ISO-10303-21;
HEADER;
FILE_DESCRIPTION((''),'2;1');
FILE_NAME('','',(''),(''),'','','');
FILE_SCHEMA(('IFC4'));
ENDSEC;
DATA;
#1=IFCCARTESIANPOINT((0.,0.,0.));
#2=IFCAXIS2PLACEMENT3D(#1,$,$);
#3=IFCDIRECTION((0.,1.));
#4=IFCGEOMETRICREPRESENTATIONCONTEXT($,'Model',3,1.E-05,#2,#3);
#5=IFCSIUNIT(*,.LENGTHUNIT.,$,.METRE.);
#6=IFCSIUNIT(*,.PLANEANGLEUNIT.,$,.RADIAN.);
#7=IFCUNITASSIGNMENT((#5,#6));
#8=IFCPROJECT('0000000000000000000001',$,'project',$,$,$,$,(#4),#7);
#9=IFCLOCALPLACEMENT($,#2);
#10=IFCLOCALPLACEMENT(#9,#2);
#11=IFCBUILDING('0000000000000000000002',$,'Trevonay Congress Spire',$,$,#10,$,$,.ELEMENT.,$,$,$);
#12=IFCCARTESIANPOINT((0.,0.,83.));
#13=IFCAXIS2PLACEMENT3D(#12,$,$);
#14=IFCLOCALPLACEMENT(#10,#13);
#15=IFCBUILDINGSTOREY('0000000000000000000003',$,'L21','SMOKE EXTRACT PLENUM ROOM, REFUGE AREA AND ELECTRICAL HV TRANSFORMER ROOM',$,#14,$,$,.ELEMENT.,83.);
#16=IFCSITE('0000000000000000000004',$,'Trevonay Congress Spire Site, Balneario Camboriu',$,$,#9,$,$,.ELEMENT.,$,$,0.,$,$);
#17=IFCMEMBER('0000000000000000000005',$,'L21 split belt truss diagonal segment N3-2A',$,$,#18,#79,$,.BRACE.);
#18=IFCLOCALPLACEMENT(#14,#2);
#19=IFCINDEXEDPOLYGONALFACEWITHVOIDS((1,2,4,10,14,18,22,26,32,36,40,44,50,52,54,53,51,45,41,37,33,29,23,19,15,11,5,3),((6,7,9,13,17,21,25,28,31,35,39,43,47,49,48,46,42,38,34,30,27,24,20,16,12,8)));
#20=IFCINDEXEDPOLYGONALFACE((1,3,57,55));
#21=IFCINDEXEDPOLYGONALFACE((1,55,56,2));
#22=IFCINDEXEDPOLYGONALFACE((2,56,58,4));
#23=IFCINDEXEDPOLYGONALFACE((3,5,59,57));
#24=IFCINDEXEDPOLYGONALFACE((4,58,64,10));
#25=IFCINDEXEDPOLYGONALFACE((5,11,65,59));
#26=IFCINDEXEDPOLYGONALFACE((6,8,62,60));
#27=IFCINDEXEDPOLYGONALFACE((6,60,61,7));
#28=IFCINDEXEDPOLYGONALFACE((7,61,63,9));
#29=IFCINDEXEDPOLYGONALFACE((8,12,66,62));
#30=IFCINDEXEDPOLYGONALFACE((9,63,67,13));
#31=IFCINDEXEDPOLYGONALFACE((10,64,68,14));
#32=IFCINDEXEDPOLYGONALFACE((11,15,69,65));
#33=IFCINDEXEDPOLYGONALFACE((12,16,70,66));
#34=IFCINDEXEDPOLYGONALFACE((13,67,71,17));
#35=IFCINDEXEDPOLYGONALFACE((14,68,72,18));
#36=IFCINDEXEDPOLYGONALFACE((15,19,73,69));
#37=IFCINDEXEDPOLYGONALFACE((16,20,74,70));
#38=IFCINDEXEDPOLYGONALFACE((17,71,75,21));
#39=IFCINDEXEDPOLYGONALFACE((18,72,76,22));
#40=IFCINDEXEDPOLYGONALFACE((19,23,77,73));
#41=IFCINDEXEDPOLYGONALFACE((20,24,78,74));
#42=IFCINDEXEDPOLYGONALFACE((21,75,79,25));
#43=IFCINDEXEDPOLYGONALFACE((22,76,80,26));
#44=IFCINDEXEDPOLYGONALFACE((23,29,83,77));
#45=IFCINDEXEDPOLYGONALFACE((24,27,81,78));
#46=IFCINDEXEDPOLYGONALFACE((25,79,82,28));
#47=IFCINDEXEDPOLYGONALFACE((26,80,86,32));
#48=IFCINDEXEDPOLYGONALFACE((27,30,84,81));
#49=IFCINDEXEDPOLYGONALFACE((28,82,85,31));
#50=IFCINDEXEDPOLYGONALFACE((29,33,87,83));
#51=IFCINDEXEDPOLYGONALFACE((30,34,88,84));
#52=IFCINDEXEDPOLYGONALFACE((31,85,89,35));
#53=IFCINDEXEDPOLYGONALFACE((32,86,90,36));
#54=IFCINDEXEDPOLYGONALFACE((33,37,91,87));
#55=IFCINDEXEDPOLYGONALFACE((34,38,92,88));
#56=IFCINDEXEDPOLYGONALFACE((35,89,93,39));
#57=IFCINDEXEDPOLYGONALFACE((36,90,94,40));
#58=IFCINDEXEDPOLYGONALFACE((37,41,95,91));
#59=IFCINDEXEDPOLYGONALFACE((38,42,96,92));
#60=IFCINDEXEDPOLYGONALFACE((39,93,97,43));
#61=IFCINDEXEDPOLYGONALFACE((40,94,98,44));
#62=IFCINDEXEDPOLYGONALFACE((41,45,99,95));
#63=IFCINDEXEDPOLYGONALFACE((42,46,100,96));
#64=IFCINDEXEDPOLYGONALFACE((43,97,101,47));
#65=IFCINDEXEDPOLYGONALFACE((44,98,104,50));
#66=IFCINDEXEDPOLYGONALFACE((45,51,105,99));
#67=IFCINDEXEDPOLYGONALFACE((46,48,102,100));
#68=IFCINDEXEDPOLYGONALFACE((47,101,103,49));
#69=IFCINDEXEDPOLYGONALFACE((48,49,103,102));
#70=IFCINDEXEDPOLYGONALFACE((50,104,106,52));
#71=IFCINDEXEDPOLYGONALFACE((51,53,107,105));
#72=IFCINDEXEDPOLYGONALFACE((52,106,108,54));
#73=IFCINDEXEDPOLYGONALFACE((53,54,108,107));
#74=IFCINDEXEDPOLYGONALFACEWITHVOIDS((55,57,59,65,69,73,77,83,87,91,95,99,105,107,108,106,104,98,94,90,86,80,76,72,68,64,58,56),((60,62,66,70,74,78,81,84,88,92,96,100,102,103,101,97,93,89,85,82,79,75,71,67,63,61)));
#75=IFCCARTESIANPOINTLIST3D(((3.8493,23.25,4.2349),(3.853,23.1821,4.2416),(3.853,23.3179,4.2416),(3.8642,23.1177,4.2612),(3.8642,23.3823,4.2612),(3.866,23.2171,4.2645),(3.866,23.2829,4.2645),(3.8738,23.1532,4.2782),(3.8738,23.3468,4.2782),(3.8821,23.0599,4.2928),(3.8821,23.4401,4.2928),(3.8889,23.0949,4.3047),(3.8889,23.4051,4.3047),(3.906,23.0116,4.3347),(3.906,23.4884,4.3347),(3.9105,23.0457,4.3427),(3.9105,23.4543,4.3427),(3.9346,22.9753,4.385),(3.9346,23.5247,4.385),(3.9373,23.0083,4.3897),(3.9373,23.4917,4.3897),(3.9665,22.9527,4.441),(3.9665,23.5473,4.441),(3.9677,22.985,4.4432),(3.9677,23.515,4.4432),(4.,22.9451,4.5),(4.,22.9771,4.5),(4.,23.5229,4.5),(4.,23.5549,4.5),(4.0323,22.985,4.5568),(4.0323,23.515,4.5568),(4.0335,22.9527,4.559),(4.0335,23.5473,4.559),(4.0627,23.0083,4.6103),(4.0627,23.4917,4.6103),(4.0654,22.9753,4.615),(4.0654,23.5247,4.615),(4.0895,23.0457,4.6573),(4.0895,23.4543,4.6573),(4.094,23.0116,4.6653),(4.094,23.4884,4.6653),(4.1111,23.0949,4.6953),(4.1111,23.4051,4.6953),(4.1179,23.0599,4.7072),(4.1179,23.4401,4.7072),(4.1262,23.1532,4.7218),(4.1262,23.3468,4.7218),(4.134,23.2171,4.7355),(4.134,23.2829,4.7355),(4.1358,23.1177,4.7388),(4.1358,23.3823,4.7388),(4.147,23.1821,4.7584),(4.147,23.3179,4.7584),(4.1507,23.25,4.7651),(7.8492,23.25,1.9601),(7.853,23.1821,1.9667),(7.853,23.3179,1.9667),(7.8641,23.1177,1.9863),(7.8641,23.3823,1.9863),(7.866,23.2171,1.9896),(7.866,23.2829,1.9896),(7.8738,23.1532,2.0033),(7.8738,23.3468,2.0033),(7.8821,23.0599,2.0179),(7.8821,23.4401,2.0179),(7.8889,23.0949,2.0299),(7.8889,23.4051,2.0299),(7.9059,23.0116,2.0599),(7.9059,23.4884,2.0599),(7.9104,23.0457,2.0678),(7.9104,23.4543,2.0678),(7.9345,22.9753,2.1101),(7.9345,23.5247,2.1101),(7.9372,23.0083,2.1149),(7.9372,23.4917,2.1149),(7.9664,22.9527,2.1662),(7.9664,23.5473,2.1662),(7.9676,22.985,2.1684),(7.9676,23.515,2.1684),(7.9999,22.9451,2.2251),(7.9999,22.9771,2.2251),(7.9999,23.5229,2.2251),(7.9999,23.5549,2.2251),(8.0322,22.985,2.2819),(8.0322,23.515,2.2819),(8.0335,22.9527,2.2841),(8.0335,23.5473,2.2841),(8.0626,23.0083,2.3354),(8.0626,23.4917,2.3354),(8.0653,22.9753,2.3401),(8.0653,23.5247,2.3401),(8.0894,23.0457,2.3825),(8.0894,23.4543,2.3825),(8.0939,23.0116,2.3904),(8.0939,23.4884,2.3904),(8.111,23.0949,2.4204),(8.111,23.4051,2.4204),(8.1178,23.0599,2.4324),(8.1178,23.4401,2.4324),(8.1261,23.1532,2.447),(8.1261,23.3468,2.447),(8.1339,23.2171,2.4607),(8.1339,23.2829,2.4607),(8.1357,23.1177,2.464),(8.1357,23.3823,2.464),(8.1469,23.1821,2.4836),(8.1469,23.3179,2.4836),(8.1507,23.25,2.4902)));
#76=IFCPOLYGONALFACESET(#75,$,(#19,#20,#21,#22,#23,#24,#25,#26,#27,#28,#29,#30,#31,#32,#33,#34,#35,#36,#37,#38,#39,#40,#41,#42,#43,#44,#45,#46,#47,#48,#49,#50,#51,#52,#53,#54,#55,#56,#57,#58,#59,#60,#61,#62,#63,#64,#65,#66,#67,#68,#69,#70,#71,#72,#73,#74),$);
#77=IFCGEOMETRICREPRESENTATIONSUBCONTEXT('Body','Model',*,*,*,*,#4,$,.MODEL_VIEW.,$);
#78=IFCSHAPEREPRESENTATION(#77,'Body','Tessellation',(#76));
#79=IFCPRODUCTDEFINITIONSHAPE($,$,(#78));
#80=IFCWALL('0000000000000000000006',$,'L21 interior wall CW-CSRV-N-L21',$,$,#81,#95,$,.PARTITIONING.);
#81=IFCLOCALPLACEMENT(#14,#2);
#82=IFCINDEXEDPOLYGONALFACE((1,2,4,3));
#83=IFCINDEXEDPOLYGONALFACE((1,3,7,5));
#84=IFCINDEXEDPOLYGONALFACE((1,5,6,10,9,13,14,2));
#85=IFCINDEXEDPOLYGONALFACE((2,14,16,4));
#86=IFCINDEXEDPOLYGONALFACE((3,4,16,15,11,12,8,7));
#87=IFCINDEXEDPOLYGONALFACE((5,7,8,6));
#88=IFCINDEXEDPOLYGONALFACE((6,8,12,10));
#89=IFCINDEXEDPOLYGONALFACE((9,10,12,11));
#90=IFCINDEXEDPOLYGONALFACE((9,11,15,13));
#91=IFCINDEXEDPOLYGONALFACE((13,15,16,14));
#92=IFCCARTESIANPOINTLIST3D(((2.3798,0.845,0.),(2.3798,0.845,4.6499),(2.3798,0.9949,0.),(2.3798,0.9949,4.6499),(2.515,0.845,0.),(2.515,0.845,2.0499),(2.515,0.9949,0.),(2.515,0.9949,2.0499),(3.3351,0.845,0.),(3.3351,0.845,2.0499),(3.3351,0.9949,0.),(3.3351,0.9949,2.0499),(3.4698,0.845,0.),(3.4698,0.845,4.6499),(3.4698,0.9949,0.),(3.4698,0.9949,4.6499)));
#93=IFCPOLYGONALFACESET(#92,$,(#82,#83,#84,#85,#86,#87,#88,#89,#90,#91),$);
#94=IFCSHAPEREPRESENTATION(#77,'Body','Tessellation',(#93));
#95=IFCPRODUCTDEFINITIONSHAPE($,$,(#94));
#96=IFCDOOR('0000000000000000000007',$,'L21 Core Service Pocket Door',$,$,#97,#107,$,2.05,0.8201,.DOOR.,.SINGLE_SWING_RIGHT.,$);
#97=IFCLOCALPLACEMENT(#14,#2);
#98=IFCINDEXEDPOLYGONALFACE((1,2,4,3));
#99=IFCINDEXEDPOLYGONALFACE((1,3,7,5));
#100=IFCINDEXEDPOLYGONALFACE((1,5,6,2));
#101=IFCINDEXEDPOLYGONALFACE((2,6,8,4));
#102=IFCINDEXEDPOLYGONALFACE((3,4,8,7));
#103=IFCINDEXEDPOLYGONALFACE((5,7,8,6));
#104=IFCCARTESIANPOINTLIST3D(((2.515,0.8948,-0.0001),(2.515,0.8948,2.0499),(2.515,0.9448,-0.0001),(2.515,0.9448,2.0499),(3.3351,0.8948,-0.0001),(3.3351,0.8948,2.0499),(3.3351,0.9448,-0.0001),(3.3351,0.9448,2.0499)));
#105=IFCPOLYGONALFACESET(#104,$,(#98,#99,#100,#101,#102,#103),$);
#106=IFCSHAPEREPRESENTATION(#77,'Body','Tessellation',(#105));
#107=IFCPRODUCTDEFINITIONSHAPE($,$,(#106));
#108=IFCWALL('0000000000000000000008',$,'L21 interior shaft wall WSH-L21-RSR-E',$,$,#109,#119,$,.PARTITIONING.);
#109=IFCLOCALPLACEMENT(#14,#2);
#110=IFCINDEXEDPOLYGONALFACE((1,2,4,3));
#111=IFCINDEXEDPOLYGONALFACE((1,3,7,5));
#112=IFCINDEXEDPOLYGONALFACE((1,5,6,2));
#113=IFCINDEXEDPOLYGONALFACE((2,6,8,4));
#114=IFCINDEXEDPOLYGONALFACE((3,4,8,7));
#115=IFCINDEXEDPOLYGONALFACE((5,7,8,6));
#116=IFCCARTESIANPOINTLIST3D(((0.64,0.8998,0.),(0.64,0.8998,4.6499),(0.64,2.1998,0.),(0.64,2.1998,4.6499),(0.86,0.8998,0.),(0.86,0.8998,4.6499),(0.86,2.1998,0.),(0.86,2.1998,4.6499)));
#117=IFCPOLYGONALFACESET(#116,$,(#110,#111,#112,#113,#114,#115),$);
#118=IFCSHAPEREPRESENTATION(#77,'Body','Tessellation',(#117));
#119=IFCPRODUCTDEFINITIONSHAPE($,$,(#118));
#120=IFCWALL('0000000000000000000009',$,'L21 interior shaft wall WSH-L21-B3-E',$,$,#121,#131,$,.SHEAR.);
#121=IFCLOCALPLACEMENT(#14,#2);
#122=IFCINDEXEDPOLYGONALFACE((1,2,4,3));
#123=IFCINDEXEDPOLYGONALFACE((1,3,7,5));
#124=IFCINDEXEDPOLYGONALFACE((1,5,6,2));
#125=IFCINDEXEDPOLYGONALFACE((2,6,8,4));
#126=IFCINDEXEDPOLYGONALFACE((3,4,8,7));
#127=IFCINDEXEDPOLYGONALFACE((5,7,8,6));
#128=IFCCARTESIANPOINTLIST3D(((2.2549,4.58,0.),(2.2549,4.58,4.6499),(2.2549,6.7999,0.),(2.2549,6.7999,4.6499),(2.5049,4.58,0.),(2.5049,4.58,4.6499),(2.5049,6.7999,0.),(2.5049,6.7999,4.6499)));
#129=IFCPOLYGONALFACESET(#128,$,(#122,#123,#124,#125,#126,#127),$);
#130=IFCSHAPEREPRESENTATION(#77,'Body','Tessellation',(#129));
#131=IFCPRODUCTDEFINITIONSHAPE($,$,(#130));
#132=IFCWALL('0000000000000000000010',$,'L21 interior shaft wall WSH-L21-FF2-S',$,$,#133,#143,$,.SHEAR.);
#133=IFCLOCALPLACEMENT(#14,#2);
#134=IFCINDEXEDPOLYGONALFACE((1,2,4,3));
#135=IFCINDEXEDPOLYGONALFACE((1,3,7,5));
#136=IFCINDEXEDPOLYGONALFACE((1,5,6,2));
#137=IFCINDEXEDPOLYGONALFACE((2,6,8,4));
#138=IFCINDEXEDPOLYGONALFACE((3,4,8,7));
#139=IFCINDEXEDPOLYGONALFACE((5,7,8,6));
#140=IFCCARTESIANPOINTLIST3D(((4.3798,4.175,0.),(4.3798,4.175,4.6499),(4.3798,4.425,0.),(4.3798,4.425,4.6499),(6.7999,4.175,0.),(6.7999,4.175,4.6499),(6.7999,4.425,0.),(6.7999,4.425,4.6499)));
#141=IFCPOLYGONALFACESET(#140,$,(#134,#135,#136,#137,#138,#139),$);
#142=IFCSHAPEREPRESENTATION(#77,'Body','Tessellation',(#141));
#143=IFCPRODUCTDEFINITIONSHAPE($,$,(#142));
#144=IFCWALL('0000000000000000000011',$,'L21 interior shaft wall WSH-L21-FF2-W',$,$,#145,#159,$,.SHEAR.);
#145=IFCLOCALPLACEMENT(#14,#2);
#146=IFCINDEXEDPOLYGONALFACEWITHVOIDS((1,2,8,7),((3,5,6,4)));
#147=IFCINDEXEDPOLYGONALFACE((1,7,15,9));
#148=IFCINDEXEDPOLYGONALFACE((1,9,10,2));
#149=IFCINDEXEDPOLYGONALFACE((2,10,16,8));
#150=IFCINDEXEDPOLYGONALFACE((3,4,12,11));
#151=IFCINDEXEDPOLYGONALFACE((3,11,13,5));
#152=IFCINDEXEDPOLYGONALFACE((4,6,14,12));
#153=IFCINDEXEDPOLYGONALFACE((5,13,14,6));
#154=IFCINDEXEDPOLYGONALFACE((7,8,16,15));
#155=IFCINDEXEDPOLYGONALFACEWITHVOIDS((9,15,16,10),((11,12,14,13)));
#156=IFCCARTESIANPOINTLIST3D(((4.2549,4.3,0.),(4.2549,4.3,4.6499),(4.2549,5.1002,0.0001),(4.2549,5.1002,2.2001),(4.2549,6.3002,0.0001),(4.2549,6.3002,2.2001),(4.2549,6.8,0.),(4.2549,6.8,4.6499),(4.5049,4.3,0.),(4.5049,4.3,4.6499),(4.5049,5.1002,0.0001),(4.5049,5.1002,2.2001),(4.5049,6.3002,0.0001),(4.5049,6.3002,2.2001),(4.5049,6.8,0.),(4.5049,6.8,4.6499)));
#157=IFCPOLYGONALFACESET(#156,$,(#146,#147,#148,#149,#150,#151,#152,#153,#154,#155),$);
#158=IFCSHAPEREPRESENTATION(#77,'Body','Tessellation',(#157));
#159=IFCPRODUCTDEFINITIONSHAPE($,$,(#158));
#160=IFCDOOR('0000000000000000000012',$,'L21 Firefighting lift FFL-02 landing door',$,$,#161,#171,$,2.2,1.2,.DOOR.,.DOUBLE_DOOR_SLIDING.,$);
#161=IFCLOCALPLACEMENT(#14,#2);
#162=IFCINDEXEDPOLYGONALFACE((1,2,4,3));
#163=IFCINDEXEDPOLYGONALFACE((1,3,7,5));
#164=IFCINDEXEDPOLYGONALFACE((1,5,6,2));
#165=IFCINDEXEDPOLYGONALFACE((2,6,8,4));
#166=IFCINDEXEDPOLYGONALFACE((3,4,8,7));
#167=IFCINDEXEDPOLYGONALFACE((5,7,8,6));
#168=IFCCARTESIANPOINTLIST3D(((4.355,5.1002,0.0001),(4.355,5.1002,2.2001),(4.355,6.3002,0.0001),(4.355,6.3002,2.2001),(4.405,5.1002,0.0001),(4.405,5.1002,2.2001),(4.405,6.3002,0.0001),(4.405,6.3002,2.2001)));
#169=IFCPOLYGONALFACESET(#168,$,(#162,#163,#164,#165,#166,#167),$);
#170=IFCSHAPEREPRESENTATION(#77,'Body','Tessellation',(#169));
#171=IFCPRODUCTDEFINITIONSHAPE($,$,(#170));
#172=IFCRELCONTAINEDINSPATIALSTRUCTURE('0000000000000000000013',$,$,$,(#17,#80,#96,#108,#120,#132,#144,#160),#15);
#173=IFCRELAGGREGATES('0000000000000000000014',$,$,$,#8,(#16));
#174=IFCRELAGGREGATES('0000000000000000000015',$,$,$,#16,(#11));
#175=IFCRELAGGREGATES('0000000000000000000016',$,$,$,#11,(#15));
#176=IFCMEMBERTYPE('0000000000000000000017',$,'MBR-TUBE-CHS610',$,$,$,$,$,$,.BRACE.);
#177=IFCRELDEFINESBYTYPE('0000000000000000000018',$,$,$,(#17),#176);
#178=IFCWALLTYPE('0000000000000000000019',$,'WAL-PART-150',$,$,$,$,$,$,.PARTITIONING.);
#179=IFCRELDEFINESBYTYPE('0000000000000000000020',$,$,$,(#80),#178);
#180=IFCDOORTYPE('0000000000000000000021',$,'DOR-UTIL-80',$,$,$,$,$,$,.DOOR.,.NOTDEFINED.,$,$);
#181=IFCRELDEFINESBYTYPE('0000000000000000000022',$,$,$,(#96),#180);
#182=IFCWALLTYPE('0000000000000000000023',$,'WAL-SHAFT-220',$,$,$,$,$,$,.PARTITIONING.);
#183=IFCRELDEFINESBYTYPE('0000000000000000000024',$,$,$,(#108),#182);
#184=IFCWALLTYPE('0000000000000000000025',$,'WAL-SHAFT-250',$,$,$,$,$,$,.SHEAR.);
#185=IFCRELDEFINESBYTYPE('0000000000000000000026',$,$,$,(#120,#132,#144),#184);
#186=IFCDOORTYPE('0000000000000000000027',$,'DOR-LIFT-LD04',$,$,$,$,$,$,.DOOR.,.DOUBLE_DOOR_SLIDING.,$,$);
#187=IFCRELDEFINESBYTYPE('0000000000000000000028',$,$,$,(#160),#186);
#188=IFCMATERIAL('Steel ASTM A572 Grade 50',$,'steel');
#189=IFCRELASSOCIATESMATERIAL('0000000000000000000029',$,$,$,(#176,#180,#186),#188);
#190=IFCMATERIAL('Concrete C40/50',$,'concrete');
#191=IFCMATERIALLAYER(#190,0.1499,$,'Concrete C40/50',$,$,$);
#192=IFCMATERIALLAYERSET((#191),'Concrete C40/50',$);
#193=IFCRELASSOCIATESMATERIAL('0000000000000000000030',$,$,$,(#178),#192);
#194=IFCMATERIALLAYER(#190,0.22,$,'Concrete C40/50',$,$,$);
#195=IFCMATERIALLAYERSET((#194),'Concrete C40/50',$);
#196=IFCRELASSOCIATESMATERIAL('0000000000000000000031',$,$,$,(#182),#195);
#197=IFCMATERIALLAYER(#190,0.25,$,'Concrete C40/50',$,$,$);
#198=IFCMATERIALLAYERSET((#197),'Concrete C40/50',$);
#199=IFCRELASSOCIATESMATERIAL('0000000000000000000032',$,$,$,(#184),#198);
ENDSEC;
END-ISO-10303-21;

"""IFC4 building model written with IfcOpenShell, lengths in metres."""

from ifc_helpers import new_model, si_unit, direction, frame, frame_2d, origin, origin_2d, place, context, subcontext, project, spatial, rectangle, hollow_circle, extrude, material, layer, layer_set, material_profile, profile_set, type_object, element, fill, save


model = new_model("IFC4")

# Units and contexts
model_context = context("Model", 3, precision=1e-05, world=origin(), true_north=direction((0.0, 1.0)))
body_context = subcontext(model_context, "Body", "Model", "MODEL_VIEW")
ifc_project = project(units=[si_unit("LENGTHUNIT", "METRE"), si_unit("PLANEANGLEUNIT", "RADIAN")], contexts=[model_context])

# Site, building, storey
site_placement = place(None, origin())
site = spatial("IfcSite", under=ifc_project, at=site_placement, Name="Trevonay Congress Spire Site, Balneario Camboriu", CompositionType="ELEMENT", RefElevation=0.0)
building_placement = place(site_placement, origin())
building = spatial("IfcBuilding", under=site, at=building_placement, Name="Trevonay Congress Spire", CompositionType="ELEMENT")
storey_placement = place(building_placement, frame((0.0, 0.0, 83.0)))
storey = spatial("IfcBuildingStorey", under=building, at=storey_placement, Name="L21", Description="SMOKE EXTRACT PLENUM ROOM, REFUGE AREA AND ELECTRICAL HV TRANSFORMER ROOM", CompositionType="ELEMENT", Elevation=83.0)

# Shared definitions
ifc_material_1 = material(Name="Steel ASTM A572 Grade 50", Category="steel")

# Member
ifc_material_profile_1 = material_profile(ifc_material_1, hollow_circle(Radius=0.3049, WallThickness=0.032, at=origin_2d()), Name="CHS 610x32")
ifc_profile_set_1 = profile_set([ifc_material_profile_1], Name="Steel ASTM A572 Grade 50")
member_type_1 = type_object("IfcMemberType", Name="MBR-TUBE-CHS610", PredefinedType="BRACE", material=ifc_profile_set_1)
member_1_placement = place(storey_placement, frame((4.0, 23.25, 4.5), z_axis=(0.869253, 0.0, -0.494367), x_axis=(0.0, 1.0, 0.0)))
element("IfcMember", 1, at=member_1_placement, inside=storey, type_object=member_type_1, Name="L21 split belt truss diagonal segment N3-2A", PredefinedType="BRACE", context=body_context, shape_type="SweptSolid", body=[
    extrude(hollow_circle(Radius=0.3049, WallThickness=0.032, at=origin_2d()), origin(), (0.0, 0.0, 1.0), 4.6016),
])

# Wall, opening, door
ifc_material_2 = material(Name="Concrete C40/50", Category="concrete")
ifc_layer_1 = layer(ifc_material_2, 0.1499, Name="Concrete C40/50")
ifc_layer_set_1 = layer_set([ifc_layer_1], Name="Concrete C40/50")
wall_type_1 = type_object("IfcWallType", Name="WAL-PART-150", PredefinedType="PARTITIONING", material=ifc_layer_set_1)
wall_1_placement = place(storey_placement, frame((2.3799, 0.9199, 0.0), z_axis=(0.0, 0.0, 1.0), x_axis=(1.0, 0.0, 0.0)))
wall_1 = element("IfcWall", 2, at=wall_1_placement, inside=storey, type_object=wall_type_1, Name="L21 interior wall CW-CSRV-N-L21", PredefinedType="PARTITIONING", context=body_context, shape_type="SweptSolid", body=[
    extrude(rectangle(XDim=1.0901, YDim=0.1499, at=frame_2d((0.5449, 0.0))), origin(), (0.0, 0.0, 1.0), 4.6499),
])
opening_1_placement = place(wall_1_placement, frame((0.135, 0.0, 0.0)))
opening_1 = element("IfcOpeningElement", 3, at=opening_1_placement, cuts=wall_1, PredefinedType="OPENING", context=body_context, shape_type="SweptSolid", body=[
    extrude(rectangle(XDim=0.8201, YDim=2.05, at=frame_2d((0.4102, 1.0249))), frame((0.0, 0.085, 0.0), z_axis=(0.0, -1.0, 0.0), x_axis=(1.0, 0.0, 0.0)), (0.0, 0.0, 1.0), 0.1699),
])
door_type_1 = type_object("IfcDoorType", Name="DOR-UTIL-80", OperationType="NOTDEFINED", PredefinedType="DOOR", material=ifc_material_1)
door_1_placement = place(opening_1_placement, origin())
door_1 = element("IfcDoor", 4, at=door_1_placement, inside=storey, type_object=door_type_1, Name="L21 Core Service Pocket Door", OperationType="SINGLE_SWING_RIGHT", OverallHeight=2.05, OverallWidth=0.8201, PredefinedType="DOOR", context=body_context, shape_type="SweptSolid", body=[
    extrude(rectangle(XDim=0.8201, YDim=2.05, at=frame_2d((0.4102, 1.0249))), frame((0.0, 0.0249, 0.0), z_axis=(0.0, -1.0, 0.0), x_axis=(1.0, 0.0, 0.0)), (0.0, 0.0, 1.0), 0.05),
])
fill(opening_1, door_1)

# Walls
ifc_layer_2 = layer(ifc_material_2, 0.22, Name="Concrete C40/50")
ifc_layer_set_2 = layer_set([ifc_layer_2], Name="Concrete C40/50")
wall_type_2 = type_object("IfcWallType", Name="WAL-SHAFT-220", PredefinedType="PARTITIONING", material=ifc_layer_set_2)
wall_2_placement = place(storey_placement, frame((0.75, 0.8999, 0.0), z_axis=(0.0, 0.0, 1.0), x_axis=(0.0, 1.0, 0.0)))
element("IfcWall", 5, at=wall_2_placement, inside=storey, type_object=wall_type_2, Name="L21 interior shaft wall WSH-L21-RSR-E", PredefinedType="PARTITIONING", context=body_context, shape_type="SweptSolid", body=[
    extrude(rectangle(XDim=1.3, YDim=0.22, at=frame_2d((0.6499, 0.0))), origin(), (0.0, 0.0, 1.0), 4.6499),
])
ifc_layer_3 = layer(ifc_material_2, 0.25, Name="Concrete C40/50")
ifc_layer_set_3 = layer_set([ifc_layer_3], Name="Concrete C40/50")
wall_type_3 = type_object("IfcWallType", Name="WAL-SHAFT-250", PredefinedType="SHEAR", material=ifc_layer_set_3)
wall_3_placement = place(storey_placement, frame((2.3799, 4.5801, 0.0), z_axis=(0.0, 0.0, 1.0), x_axis=(0.0, 1.0, 0.0)))
element("IfcWall", 6, at=wall_3_placement, inside=storey, type_object=wall_type_3, Name="L21 interior shaft wall WSH-L21-B3-E", PredefinedType="SHEAR", context=body_context, shape_type="SweptSolid", body=[
    extrude(rectangle(XDim=2.22, YDim=0.25, at=frame_2d((1.1099, 0.0))), origin(), (0.0, 0.0, 1.0), 4.6499),
])
wall_4_placement = place(storey_placement, frame((4.3799, 4.3, 0.0), z_axis=(0.0, 0.0, 1.0), x_axis=(1.0, 0.0, 0.0)))
element("IfcWall", 7, at=wall_4_placement, inside=storey, type_object=wall_type_3, Name="L21 interior shaft wall WSH-L21-FF2-S", PredefinedType="SHEAR", context=body_context, shape_type="SweptSolid", body=[
    extrude(rectangle(XDim=2.4202, YDim=0.25, at=frame_2d((1.21, 0.0))), origin(), (0.0, 0.0, 1.0), 4.6499),
])

# Wall, opening, door
wall_5_placement = place(storey_placement, frame((4.3799, 4.3, 0.0), z_axis=(0.0, 0.0, 1.0), x_axis=(0.0, 1.0, 0.0)))
wall_5 = element("IfcWall", 8, at=wall_5_placement, inside=storey, type_object=wall_type_3, Name="L21 interior shaft wall WSH-L21-FF2-W", PredefinedType="SHEAR", context=body_context, shape_type="SweptSolid", body=[
    extrude(rectangle(XDim=2.5, YDim=0.25, at=frame_2d((1.25, 0.0))), origin(), (0.0, 0.0, 1.0), 4.6499),
])
opening_2_placement = place(wall_5_placement, frame((0.8, 0.0, 0.0)))
opening_2 = element("IfcOpeningElement", 9, at=opening_2_placement, cuts=wall_5, PredefinedType="OPENING", context=body_context, shape_type="SweptSolid", body=[
    extrude(rectangle(XDim=1.2, YDim=2.2, at=frame_2d((0.6001, 1.1001))), frame((0.0, 0.135, 0.0), z_axis=(0.0, -1.0, 0.0), x_axis=(1.0, 0.0, 0.0)), (0.0, 0.0, 1.0), 0.27),
])
door_type_2 = type_object("IfcDoorType", Name="DOR-LIFT-LD04", OperationType="DOUBLE_DOOR_SLIDING", PredefinedType="DOOR", material=ifc_material_1)
door_2_placement = place(opening_2_placement, origin())
door_2 = element("IfcDoor", 10, at=door_2_placement, inside=storey, type_object=door_type_2, Name="L21 Firefighting lift FFL-02 landing door", OperationType="DOUBLE_DOOR_SLIDING", OverallHeight=2.2, OverallWidth=1.2, PredefinedType="DOOR", context=body_context, shape_type="SweptSolid", body=[
    extrude(rectangle(XDim=1.2, YDim=2.2, at=frame_2d((0.6001, 1.1001))), frame((0.0, 0.0249, 0.0), z_axis=(0.0, -1.0, 0.0), x_axis=(1.0, 0.0, 0.0)), (0.0, 0.0, 1.0), 0.05),
])
fill(opening_2, door_2)

save(model, "model.ifc")
